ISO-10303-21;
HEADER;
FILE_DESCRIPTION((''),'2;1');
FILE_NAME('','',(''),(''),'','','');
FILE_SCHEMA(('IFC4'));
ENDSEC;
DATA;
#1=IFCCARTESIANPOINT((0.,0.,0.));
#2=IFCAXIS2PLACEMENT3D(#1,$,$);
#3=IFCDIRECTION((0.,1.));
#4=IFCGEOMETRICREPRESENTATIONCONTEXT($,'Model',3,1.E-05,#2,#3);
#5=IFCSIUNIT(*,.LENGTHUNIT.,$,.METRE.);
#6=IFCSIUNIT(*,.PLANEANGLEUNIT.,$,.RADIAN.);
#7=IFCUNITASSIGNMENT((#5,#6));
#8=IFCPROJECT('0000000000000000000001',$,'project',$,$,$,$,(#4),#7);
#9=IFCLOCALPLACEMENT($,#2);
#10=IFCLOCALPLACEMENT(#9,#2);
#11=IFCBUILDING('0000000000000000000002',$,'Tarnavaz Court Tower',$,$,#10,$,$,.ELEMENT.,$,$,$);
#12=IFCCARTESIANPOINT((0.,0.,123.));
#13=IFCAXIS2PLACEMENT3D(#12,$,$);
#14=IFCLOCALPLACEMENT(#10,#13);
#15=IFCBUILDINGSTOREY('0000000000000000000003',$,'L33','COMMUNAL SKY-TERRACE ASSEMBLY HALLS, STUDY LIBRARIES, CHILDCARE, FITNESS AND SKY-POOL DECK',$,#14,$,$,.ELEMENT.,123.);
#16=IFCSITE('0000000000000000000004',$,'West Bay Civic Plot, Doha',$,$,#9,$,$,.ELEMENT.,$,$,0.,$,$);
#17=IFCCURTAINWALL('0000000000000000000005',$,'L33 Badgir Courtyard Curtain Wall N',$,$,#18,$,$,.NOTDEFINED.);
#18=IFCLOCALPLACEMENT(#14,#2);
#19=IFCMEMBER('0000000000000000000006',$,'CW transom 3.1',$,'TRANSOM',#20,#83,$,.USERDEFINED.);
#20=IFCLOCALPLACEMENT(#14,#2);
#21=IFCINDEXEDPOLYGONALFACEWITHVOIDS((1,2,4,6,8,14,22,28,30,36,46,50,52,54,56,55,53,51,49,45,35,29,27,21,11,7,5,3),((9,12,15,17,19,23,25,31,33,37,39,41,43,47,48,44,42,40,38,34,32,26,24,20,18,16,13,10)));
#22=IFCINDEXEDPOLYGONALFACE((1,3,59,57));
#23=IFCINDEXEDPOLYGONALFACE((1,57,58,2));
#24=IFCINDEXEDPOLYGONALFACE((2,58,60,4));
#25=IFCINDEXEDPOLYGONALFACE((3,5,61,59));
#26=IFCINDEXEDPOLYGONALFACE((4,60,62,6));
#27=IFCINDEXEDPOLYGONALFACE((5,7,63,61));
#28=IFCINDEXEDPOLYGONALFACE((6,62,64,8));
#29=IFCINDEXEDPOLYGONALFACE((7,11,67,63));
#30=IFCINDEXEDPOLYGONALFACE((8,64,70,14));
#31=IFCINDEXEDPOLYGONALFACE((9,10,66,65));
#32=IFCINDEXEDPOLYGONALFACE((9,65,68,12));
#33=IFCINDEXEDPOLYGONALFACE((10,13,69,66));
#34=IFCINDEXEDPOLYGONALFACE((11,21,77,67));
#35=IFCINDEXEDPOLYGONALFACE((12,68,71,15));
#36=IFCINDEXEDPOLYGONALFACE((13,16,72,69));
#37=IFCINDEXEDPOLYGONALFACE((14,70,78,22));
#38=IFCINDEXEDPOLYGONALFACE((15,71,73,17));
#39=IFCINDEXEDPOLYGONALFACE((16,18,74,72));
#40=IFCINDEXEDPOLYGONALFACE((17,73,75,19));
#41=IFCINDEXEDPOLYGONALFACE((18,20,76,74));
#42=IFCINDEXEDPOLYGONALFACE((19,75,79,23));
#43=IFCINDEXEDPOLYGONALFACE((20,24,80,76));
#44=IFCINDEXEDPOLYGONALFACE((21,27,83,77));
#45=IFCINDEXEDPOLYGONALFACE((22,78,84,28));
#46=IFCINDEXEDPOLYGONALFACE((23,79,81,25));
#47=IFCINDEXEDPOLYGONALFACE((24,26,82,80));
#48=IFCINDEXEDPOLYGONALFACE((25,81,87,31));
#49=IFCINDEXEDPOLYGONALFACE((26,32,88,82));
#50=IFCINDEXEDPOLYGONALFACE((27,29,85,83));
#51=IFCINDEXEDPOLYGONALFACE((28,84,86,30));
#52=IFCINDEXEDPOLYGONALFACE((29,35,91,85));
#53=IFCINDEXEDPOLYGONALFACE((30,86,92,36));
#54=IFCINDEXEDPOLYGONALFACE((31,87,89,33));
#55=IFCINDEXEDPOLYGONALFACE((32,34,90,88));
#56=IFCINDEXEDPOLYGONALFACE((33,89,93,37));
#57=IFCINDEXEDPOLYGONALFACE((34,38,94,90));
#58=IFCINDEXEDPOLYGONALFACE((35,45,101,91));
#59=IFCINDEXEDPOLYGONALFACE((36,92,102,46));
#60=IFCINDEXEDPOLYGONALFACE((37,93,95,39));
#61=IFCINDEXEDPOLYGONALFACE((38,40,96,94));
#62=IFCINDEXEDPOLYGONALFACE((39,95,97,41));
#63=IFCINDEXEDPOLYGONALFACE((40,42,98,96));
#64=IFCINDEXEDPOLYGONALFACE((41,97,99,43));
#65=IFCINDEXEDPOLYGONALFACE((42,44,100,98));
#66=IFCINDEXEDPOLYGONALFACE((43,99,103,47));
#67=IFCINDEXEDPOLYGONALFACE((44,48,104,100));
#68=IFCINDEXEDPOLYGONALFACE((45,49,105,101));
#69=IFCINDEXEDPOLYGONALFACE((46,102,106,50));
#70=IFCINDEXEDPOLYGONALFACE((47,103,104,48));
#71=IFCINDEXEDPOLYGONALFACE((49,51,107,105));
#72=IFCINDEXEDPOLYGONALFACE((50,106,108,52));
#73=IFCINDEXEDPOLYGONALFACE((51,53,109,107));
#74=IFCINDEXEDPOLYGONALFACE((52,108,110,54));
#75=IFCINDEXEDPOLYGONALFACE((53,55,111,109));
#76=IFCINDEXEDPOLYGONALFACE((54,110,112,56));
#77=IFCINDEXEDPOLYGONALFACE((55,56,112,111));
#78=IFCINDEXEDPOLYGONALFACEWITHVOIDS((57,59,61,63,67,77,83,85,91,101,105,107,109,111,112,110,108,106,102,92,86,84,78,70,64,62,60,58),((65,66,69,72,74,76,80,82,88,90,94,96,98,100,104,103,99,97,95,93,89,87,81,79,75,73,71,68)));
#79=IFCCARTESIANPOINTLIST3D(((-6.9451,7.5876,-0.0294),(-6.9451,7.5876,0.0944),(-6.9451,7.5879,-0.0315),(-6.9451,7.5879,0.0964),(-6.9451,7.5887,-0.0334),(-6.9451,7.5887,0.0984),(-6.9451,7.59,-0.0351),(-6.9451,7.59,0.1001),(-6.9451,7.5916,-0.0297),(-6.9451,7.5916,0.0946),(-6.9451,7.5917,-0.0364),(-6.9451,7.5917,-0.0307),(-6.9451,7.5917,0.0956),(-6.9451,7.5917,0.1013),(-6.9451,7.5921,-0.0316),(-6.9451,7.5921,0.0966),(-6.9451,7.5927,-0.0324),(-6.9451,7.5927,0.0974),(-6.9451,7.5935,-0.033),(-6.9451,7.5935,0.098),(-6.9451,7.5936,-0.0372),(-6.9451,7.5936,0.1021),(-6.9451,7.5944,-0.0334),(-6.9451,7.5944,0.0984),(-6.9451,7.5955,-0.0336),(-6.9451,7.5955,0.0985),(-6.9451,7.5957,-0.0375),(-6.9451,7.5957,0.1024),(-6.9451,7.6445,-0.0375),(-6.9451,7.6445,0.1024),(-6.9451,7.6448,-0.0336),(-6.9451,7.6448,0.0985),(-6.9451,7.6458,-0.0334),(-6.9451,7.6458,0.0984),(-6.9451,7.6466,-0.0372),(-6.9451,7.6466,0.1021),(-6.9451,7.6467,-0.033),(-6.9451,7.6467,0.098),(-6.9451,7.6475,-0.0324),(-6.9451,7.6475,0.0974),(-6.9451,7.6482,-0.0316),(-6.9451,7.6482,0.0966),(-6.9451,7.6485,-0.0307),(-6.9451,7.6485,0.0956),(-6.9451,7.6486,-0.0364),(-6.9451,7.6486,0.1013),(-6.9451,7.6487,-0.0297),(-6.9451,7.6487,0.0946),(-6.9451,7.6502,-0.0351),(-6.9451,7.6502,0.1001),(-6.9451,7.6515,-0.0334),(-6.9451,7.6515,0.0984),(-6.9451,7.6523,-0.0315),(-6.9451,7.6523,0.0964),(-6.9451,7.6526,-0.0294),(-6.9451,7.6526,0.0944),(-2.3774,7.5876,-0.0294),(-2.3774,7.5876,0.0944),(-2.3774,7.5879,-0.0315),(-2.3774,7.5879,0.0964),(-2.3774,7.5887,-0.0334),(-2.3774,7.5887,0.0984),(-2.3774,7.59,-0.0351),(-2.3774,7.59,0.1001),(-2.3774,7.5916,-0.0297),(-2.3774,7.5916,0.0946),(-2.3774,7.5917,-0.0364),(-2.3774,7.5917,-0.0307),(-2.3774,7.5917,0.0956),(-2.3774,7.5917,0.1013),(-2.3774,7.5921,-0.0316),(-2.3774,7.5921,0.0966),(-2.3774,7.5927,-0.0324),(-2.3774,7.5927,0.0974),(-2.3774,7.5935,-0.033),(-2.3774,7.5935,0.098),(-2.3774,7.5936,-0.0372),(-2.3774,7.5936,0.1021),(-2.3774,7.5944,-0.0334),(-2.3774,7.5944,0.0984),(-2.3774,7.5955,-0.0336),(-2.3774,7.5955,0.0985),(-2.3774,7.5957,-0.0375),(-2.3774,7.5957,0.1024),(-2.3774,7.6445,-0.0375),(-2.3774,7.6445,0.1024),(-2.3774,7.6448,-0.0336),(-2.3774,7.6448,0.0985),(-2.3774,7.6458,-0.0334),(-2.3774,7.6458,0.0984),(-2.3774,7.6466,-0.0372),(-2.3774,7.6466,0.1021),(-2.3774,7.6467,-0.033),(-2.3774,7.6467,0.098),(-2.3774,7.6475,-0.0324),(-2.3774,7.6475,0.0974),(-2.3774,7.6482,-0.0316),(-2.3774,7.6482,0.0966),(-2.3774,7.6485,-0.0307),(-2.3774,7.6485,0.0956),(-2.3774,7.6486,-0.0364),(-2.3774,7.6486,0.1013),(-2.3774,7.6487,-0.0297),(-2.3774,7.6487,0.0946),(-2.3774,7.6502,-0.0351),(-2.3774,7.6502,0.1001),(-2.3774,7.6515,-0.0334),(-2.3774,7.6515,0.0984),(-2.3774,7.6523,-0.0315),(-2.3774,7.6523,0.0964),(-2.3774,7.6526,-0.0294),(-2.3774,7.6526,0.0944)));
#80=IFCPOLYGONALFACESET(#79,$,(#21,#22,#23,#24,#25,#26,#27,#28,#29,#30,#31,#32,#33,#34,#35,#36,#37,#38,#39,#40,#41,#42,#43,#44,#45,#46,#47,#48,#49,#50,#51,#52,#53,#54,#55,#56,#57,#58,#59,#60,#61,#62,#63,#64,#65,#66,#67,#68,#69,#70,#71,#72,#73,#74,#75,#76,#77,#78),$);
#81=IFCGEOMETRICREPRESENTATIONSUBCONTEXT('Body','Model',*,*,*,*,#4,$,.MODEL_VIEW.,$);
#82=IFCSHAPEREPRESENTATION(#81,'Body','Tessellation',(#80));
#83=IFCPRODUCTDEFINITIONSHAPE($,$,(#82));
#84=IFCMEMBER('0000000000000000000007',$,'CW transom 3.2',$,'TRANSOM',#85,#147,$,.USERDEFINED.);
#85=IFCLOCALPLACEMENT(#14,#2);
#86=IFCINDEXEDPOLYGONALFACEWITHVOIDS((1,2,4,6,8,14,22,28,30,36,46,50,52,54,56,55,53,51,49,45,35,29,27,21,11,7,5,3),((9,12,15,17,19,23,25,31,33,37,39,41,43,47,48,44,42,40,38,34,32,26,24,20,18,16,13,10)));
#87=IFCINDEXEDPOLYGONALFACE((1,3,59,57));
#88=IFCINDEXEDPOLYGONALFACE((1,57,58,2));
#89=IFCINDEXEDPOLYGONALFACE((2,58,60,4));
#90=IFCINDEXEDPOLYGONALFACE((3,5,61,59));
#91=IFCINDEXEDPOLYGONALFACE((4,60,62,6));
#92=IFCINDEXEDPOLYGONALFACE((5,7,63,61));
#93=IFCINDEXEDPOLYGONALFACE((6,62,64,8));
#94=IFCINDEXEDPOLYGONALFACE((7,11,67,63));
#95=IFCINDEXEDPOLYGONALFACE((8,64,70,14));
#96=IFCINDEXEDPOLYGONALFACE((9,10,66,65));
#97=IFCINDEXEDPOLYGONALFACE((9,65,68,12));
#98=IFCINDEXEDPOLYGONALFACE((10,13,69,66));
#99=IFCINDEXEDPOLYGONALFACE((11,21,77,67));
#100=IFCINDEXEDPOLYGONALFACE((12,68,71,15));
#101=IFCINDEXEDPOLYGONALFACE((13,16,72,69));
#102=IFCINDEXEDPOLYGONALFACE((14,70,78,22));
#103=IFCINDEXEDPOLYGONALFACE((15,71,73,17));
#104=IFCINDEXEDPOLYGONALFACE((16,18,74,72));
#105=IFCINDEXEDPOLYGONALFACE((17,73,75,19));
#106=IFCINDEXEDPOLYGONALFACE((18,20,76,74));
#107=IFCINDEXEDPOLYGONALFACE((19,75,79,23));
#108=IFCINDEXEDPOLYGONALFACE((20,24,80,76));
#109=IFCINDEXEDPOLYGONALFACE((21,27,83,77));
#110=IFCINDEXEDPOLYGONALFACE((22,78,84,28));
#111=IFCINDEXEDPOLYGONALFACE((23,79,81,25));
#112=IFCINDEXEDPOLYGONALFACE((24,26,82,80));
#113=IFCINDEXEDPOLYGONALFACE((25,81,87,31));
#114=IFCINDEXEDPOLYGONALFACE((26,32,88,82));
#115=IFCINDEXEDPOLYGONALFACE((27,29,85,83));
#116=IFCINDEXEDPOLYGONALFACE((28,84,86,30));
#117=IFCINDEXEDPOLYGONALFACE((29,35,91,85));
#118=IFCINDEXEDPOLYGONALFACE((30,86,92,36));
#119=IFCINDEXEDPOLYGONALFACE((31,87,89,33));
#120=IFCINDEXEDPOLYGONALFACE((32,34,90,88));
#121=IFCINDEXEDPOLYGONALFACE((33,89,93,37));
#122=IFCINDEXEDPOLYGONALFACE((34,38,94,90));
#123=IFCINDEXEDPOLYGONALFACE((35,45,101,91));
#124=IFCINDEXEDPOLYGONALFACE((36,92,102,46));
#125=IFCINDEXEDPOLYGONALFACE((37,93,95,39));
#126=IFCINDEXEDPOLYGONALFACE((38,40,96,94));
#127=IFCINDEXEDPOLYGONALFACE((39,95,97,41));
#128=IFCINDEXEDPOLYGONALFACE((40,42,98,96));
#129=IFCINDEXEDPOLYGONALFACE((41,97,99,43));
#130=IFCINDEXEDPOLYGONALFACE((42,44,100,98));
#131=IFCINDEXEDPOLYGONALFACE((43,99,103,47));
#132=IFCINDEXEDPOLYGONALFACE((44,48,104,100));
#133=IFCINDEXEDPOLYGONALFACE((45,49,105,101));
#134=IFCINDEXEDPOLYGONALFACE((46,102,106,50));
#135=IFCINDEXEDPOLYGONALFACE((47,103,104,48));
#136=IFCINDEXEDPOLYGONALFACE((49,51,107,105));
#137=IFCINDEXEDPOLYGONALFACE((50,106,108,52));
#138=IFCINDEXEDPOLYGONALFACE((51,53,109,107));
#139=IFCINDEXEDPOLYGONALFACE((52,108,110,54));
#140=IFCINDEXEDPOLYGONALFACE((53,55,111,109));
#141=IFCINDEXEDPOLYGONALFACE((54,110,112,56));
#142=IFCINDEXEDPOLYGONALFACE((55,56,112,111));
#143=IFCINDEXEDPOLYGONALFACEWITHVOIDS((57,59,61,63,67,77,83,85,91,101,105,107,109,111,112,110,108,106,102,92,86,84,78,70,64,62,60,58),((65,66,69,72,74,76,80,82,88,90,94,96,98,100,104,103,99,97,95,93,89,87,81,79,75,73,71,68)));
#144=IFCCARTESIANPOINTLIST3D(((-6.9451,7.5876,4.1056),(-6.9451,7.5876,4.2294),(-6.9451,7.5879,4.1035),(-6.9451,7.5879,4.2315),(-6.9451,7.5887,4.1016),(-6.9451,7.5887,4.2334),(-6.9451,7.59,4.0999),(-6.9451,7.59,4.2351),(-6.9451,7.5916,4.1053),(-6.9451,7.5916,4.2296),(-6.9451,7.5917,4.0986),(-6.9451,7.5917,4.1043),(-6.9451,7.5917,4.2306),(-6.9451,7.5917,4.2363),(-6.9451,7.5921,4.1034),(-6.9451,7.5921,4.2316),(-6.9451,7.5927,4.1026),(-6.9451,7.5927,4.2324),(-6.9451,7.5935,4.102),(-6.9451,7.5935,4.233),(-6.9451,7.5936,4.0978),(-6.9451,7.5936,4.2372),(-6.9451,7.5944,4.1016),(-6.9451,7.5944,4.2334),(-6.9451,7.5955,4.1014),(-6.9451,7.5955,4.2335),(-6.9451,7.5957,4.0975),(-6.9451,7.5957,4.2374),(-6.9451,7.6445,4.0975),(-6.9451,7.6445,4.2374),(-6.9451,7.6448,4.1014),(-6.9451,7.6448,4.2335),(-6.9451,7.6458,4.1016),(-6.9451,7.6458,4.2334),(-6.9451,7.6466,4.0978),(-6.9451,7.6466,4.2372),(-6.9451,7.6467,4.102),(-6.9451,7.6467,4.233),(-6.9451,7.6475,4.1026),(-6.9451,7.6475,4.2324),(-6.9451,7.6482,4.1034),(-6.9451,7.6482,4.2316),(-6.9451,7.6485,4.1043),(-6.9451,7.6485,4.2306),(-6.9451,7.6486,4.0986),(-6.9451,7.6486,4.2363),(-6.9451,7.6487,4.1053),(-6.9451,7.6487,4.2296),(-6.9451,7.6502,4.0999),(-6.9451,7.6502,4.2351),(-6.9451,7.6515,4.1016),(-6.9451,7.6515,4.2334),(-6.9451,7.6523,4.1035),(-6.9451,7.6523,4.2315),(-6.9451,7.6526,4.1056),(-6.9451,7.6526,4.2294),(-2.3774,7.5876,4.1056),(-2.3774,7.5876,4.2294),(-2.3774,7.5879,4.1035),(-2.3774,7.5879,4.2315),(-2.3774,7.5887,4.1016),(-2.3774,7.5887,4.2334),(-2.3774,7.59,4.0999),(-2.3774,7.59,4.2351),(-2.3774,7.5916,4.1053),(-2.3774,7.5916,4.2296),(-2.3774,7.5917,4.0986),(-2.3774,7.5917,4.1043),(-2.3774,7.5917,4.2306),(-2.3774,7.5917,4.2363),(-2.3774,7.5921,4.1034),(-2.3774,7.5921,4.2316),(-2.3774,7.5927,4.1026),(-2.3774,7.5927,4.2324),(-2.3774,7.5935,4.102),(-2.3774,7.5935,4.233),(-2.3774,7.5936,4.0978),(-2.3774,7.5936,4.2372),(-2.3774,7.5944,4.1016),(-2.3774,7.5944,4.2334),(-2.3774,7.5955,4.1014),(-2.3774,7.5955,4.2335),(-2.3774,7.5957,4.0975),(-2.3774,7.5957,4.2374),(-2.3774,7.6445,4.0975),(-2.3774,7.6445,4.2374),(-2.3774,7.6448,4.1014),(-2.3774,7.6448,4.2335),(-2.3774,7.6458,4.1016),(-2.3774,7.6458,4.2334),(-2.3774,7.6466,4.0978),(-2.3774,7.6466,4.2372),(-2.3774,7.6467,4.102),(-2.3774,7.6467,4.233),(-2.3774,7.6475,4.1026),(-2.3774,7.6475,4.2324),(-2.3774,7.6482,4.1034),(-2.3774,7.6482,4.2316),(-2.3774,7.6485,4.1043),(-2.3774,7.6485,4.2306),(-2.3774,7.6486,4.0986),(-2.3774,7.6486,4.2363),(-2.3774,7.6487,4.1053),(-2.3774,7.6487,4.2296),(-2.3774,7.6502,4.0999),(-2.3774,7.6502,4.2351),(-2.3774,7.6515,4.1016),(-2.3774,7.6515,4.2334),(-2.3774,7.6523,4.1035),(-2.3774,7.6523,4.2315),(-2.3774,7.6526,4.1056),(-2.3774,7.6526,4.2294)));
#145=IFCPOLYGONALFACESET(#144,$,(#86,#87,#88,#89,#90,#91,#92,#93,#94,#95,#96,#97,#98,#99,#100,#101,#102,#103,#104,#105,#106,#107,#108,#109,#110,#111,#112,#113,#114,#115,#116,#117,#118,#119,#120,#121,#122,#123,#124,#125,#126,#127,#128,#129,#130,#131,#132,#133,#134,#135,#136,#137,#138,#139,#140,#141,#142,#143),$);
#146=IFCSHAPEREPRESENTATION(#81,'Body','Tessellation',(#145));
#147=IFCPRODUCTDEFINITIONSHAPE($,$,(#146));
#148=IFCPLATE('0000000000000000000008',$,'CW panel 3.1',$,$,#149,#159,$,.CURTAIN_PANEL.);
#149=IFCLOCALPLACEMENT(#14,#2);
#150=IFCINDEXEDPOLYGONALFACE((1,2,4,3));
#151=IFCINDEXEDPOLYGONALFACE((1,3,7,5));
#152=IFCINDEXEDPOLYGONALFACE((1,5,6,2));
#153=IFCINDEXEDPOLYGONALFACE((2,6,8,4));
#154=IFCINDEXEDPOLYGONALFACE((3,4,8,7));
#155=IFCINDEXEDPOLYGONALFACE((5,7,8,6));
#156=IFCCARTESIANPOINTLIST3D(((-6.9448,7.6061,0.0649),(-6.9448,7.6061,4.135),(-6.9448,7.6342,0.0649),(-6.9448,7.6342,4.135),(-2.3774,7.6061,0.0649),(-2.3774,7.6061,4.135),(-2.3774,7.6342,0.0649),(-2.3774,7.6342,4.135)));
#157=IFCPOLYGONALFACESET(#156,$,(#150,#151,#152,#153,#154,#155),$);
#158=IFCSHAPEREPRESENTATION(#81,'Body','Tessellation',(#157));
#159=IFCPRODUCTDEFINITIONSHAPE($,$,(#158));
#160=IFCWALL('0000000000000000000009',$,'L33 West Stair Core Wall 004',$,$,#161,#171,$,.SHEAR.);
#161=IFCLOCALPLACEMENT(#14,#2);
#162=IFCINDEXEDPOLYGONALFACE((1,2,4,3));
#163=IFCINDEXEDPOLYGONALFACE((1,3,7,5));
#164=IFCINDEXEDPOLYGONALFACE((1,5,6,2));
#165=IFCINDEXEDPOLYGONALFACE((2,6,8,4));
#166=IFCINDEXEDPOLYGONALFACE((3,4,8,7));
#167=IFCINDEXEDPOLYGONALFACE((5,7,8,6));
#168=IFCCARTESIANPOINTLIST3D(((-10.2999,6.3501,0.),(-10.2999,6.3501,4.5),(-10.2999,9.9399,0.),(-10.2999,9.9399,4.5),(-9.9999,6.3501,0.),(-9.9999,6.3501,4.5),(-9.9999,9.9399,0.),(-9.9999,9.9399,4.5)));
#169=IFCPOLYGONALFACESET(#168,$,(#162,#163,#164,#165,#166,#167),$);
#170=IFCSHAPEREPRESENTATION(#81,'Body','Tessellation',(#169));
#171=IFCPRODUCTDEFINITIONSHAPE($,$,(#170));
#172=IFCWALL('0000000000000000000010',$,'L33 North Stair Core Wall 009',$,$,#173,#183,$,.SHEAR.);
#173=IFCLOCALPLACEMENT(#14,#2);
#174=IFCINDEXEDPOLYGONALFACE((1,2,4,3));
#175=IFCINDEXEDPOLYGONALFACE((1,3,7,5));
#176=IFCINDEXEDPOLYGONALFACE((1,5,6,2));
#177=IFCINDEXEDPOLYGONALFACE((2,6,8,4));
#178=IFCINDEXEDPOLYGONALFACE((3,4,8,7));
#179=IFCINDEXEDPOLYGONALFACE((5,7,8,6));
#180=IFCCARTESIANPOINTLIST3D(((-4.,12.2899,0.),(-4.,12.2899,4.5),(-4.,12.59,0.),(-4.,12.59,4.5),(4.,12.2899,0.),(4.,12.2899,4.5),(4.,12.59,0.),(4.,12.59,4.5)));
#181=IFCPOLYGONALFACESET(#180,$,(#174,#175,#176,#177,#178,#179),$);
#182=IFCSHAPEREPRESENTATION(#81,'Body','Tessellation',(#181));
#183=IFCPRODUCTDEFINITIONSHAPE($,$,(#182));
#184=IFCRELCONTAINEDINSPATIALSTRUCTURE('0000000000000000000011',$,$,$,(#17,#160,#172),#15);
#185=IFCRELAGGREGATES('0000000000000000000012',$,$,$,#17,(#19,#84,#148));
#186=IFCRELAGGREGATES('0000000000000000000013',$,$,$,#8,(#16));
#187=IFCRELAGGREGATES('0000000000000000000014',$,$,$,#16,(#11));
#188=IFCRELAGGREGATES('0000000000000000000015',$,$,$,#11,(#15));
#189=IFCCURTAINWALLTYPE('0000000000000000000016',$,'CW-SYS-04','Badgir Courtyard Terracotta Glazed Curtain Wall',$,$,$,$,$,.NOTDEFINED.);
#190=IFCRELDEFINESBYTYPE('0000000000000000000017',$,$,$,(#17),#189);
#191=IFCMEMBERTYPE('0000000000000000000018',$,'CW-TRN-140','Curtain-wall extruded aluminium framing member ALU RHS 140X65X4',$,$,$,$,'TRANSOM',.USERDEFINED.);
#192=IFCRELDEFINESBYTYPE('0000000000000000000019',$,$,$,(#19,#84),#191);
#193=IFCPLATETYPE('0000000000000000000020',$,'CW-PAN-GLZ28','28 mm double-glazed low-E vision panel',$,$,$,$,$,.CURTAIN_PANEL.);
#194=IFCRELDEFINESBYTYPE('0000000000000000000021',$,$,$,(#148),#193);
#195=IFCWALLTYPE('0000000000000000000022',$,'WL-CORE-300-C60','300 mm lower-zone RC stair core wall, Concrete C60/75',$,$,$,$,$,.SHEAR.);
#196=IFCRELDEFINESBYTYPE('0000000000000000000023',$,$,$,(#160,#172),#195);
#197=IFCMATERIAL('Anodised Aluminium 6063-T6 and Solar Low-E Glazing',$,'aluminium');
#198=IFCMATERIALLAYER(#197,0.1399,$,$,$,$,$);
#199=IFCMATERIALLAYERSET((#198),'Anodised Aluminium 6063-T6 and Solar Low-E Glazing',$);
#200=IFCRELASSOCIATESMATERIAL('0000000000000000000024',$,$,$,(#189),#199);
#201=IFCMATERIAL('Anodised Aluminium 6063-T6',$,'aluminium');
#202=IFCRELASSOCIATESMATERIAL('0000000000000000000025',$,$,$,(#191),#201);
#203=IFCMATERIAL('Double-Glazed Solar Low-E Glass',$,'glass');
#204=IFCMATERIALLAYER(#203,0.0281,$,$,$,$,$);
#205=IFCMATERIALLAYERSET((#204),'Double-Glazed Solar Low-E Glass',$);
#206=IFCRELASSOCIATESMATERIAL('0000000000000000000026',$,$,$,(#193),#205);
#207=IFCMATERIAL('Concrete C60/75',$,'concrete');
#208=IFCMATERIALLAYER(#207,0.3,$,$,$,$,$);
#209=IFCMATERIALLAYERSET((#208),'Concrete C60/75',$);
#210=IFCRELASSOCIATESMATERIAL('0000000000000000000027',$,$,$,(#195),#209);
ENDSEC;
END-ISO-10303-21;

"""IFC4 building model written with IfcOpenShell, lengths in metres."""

from ifc_helpers import new_model, si_unit, direction, frame, frame_2d, origin, origin_2d, place, context, subcontext, project, spatial, rectangle, hollow_rectangle, extrude, material, layer, layer_set, material_profile, profile_set, type_object, element, aggregate, save


model = new_model("IFC4")

# Units and contexts
model_context = context("Model", 3, precision=1e-05, world=origin(), true_north=direction((0.0, 1.0)))
body_context = subcontext(model_context, "Body", "Model", "MODEL_VIEW")
ifc_project = project(units=[si_unit("LENGTHUNIT", "METRE"), si_unit("PLANEANGLEUNIT", "RADIAN")], contexts=[model_context])

# Site, building, storey
site_placement = place(None, origin())
site = spatial("IfcSite", under=ifc_project, at=site_placement, Name="West Bay Civic Plot, Doha", CompositionType="ELEMENT", RefElevation=0.0)
building_placement = place(site_placement, origin())
building = spatial("IfcBuilding", under=site, at=building_placement, Name="Tarnavaz Court Tower", CompositionType="ELEMENT")
storey_placement = place(building_placement, frame((0.0, 0.0, 123.0)))
storey = spatial("IfcBuildingStorey", under=building, at=storey_placement, Name="L33", Description="COMMUNAL SKY-TERRACE ASSEMBLY HALLS, STUDY LIBRARIES, CHILDCARE, FITNESS AND SKY-POOL DECK", CompositionType="ELEMENT", Elevation=123.0)

# Shared definitions
ifc_material_1 = material(Name="Concrete C60/75", Category="concrete")

# Curtain wall, members, plate
ifc_material_2 = material(Name="Anodised Aluminium 6063-T6 and Solar Low-E Glazing", Category="aluminium")
ifc_layer_1 = layer(ifc_material_2, 0.1399)
ifc_layer_set_1 = layer_set([ifc_layer_1], Name="Anodised Aluminium 6063-T6 and Solar Low-E Glazing")
curtain_wall_type = type_object("IfcCurtainWallType", Name="CW-SYS-04", Description="Badgir Courtyard Terracotta Glazed Curtain Wall", PredefinedType="NOTDEFINED", material=ifc_layer_set_1)
curtain_wall_placement = place(storey_placement, origin())
curtain_wall = element("IfcCurtainWall", 1, at=curtain_wall_placement, inside=storey, type_object=curtain_wall_type, Name="L33 Badgir Courtyard Curtain Wall N", PredefinedType="NOTDEFINED")
ifc_material_3 = material(Name="Anodised Aluminium 6063-T6", Category="aluminium")
ifc_material_profile_1 = material_profile(ifc_material_3, hollow_rectangle(XDim=0.0649, YDim=0.1399, WallThickness=0.0039, InnerFilletRadius=0.0039, OuterFilletRadius=0.0081, at=origin_2d()), Name="ALU RHS 140X65X4")
ifc_profile_set_1 = profile_set([ifc_material_profile_1], Name="Anodised Aluminium 6063-T6")
member_type_1 = type_object("IfcMemberType", Name="CW-TRN-140", Description="Curtain-wall extruded aluminium framing member ALU RHS 140X65X4", ElementType="TRANSOM", PredefinedType="USERDEFINED", material=ifc_profile_set_1)
member_1_placement = place(storey_placement, frame((-2.3774, 7.6201, 0.0325), z_axis=(-1.0, 0.0, 0.0), x_axis=(0.0, -1.0, 0.0)))
member_1 = element("IfcMember", 2, at=member_1_placement, type_object=member_type_1, Name="CW transom 3.1", ObjectType="TRANSOM", PredefinedType="USERDEFINED", context=body_context, shape_type="SweptSolid", body=[
    extrude(hollow_rectangle(XDim=0.0649, YDim=0.1399, WallThickness=0.0039, InnerFilletRadius=0.0039, OuterFilletRadius=0.0081, at=origin_2d()), origin(), (0.0, 0.0, 1.0), 4.5676),
])
member_2_placement = place(storey_placement, frame((-2.3774, 7.6201, 4.1675), z_axis=(-1.0, 0.0, 0.0), x_axis=(0.0, -1.0, 0.0)))
member_2 = element("IfcMember", 3, at=member_2_placement, type_object=member_type_1, Name="CW transom 3.2", ObjectType="TRANSOM", PredefinedType="USERDEFINED", context=body_context, shape_type="SweptSolid", body=[
    extrude(hollow_rectangle(XDim=0.0649, YDim=0.1399, WallThickness=0.0039, InnerFilletRadius=0.0039, OuterFilletRadius=0.0081, at=origin_2d()), origin(), (0.0, 0.0, 1.0), 4.5676),
])
ifc_material_4 = material(Name="Double-Glazed Solar Low-E Glass", Category="glass")
ifc_layer_2 = layer(ifc_material_4, 0.0281)
ifc_layer_set_2 = layer_set([ifc_layer_2], Name="Double-Glazed Solar Low-E Glass")
plate_type = type_object("IfcPlateType", Name="CW-PAN-GLZ28", Description="28 mm double-glazed low-E vision panel", PredefinedType="CURTAIN_PANEL", material=ifc_layer_set_2)
plate_placement = place(storey_placement, frame((-4.6611, 7.6201, 0.0649), z_axis=(0.0, 0.0, 1.0), x_axis=(-1.0, 0.0, 0.0)))
plate = element("IfcPlate", 4, at=plate_placement, type_object=plate_type, Name="CW panel 3.1", PredefinedType="CURTAIN_PANEL", context=body_context, shape_type="SweptSolid", body=[
    extrude(rectangle(XDim=4.5674, YDim=0.0281, at=origin_2d()), origin(), (0.0, 0.0, 1.0), 4.0701),
])
aggregate(curtain_wall, [member_1, member_2, plate])

# Walls
ifc_layer_3 = layer(ifc_material_1, 0.3)
ifc_layer_set_3 = layer_set([ifc_layer_3], Name="Concrete C60/75")
wall_type_1 = type_object("IfcWallType", Name="WL-CORE-300-C60", Description="300 mm lower-zone RC stair core wall, Concrete C60/75", PredefinedType="SHEAR", material=ifc_layer_set_3)
wall_1_placement = place(storey_placement, frame((-10.1499, 6.3501, 0.0), z_axis=(0.0, 0.0, 1.0), x_axis=(0.0, 1.0, 0.0)))
element("IfcWall", 5, at=wall_1_placement, inside=storey, type_object=wall_type_1, Name="L33 West Stair Core Wall 004", PredefinedType="SHEAR", context=body_context, shape_type="SweptSolid", body=[
    extrude(rectangle(XDim=3.5898, YDim=0.3, at=frame_2d((1.7949, 0.0))), origin(), (0.0, 0.0, 1.0), 4.5),
])
wall_2_placement = place(storey_placement, frame((-4.0, 12.4399, 0.0), z_axis=(0.0, 0.0, 1.0), x_axis=(1.0, 0.0, 0.0)))
element("IfcWall", 6, at=wall_2_placement, inside=storey, type_object=wall_type_1, Name="L33 North Stair Core Wall 009", PredefinedType="SHEAR", context=body_context, shape_type="SweptSolid", body=[
    extrude(rectangle(XDim=8.0, YDim=0.3, at=frame_2d((4.0, 0.0))), origin(), (0.0, 0.0, 1.0), 4.5),
])

save(model, "model.ifc")
